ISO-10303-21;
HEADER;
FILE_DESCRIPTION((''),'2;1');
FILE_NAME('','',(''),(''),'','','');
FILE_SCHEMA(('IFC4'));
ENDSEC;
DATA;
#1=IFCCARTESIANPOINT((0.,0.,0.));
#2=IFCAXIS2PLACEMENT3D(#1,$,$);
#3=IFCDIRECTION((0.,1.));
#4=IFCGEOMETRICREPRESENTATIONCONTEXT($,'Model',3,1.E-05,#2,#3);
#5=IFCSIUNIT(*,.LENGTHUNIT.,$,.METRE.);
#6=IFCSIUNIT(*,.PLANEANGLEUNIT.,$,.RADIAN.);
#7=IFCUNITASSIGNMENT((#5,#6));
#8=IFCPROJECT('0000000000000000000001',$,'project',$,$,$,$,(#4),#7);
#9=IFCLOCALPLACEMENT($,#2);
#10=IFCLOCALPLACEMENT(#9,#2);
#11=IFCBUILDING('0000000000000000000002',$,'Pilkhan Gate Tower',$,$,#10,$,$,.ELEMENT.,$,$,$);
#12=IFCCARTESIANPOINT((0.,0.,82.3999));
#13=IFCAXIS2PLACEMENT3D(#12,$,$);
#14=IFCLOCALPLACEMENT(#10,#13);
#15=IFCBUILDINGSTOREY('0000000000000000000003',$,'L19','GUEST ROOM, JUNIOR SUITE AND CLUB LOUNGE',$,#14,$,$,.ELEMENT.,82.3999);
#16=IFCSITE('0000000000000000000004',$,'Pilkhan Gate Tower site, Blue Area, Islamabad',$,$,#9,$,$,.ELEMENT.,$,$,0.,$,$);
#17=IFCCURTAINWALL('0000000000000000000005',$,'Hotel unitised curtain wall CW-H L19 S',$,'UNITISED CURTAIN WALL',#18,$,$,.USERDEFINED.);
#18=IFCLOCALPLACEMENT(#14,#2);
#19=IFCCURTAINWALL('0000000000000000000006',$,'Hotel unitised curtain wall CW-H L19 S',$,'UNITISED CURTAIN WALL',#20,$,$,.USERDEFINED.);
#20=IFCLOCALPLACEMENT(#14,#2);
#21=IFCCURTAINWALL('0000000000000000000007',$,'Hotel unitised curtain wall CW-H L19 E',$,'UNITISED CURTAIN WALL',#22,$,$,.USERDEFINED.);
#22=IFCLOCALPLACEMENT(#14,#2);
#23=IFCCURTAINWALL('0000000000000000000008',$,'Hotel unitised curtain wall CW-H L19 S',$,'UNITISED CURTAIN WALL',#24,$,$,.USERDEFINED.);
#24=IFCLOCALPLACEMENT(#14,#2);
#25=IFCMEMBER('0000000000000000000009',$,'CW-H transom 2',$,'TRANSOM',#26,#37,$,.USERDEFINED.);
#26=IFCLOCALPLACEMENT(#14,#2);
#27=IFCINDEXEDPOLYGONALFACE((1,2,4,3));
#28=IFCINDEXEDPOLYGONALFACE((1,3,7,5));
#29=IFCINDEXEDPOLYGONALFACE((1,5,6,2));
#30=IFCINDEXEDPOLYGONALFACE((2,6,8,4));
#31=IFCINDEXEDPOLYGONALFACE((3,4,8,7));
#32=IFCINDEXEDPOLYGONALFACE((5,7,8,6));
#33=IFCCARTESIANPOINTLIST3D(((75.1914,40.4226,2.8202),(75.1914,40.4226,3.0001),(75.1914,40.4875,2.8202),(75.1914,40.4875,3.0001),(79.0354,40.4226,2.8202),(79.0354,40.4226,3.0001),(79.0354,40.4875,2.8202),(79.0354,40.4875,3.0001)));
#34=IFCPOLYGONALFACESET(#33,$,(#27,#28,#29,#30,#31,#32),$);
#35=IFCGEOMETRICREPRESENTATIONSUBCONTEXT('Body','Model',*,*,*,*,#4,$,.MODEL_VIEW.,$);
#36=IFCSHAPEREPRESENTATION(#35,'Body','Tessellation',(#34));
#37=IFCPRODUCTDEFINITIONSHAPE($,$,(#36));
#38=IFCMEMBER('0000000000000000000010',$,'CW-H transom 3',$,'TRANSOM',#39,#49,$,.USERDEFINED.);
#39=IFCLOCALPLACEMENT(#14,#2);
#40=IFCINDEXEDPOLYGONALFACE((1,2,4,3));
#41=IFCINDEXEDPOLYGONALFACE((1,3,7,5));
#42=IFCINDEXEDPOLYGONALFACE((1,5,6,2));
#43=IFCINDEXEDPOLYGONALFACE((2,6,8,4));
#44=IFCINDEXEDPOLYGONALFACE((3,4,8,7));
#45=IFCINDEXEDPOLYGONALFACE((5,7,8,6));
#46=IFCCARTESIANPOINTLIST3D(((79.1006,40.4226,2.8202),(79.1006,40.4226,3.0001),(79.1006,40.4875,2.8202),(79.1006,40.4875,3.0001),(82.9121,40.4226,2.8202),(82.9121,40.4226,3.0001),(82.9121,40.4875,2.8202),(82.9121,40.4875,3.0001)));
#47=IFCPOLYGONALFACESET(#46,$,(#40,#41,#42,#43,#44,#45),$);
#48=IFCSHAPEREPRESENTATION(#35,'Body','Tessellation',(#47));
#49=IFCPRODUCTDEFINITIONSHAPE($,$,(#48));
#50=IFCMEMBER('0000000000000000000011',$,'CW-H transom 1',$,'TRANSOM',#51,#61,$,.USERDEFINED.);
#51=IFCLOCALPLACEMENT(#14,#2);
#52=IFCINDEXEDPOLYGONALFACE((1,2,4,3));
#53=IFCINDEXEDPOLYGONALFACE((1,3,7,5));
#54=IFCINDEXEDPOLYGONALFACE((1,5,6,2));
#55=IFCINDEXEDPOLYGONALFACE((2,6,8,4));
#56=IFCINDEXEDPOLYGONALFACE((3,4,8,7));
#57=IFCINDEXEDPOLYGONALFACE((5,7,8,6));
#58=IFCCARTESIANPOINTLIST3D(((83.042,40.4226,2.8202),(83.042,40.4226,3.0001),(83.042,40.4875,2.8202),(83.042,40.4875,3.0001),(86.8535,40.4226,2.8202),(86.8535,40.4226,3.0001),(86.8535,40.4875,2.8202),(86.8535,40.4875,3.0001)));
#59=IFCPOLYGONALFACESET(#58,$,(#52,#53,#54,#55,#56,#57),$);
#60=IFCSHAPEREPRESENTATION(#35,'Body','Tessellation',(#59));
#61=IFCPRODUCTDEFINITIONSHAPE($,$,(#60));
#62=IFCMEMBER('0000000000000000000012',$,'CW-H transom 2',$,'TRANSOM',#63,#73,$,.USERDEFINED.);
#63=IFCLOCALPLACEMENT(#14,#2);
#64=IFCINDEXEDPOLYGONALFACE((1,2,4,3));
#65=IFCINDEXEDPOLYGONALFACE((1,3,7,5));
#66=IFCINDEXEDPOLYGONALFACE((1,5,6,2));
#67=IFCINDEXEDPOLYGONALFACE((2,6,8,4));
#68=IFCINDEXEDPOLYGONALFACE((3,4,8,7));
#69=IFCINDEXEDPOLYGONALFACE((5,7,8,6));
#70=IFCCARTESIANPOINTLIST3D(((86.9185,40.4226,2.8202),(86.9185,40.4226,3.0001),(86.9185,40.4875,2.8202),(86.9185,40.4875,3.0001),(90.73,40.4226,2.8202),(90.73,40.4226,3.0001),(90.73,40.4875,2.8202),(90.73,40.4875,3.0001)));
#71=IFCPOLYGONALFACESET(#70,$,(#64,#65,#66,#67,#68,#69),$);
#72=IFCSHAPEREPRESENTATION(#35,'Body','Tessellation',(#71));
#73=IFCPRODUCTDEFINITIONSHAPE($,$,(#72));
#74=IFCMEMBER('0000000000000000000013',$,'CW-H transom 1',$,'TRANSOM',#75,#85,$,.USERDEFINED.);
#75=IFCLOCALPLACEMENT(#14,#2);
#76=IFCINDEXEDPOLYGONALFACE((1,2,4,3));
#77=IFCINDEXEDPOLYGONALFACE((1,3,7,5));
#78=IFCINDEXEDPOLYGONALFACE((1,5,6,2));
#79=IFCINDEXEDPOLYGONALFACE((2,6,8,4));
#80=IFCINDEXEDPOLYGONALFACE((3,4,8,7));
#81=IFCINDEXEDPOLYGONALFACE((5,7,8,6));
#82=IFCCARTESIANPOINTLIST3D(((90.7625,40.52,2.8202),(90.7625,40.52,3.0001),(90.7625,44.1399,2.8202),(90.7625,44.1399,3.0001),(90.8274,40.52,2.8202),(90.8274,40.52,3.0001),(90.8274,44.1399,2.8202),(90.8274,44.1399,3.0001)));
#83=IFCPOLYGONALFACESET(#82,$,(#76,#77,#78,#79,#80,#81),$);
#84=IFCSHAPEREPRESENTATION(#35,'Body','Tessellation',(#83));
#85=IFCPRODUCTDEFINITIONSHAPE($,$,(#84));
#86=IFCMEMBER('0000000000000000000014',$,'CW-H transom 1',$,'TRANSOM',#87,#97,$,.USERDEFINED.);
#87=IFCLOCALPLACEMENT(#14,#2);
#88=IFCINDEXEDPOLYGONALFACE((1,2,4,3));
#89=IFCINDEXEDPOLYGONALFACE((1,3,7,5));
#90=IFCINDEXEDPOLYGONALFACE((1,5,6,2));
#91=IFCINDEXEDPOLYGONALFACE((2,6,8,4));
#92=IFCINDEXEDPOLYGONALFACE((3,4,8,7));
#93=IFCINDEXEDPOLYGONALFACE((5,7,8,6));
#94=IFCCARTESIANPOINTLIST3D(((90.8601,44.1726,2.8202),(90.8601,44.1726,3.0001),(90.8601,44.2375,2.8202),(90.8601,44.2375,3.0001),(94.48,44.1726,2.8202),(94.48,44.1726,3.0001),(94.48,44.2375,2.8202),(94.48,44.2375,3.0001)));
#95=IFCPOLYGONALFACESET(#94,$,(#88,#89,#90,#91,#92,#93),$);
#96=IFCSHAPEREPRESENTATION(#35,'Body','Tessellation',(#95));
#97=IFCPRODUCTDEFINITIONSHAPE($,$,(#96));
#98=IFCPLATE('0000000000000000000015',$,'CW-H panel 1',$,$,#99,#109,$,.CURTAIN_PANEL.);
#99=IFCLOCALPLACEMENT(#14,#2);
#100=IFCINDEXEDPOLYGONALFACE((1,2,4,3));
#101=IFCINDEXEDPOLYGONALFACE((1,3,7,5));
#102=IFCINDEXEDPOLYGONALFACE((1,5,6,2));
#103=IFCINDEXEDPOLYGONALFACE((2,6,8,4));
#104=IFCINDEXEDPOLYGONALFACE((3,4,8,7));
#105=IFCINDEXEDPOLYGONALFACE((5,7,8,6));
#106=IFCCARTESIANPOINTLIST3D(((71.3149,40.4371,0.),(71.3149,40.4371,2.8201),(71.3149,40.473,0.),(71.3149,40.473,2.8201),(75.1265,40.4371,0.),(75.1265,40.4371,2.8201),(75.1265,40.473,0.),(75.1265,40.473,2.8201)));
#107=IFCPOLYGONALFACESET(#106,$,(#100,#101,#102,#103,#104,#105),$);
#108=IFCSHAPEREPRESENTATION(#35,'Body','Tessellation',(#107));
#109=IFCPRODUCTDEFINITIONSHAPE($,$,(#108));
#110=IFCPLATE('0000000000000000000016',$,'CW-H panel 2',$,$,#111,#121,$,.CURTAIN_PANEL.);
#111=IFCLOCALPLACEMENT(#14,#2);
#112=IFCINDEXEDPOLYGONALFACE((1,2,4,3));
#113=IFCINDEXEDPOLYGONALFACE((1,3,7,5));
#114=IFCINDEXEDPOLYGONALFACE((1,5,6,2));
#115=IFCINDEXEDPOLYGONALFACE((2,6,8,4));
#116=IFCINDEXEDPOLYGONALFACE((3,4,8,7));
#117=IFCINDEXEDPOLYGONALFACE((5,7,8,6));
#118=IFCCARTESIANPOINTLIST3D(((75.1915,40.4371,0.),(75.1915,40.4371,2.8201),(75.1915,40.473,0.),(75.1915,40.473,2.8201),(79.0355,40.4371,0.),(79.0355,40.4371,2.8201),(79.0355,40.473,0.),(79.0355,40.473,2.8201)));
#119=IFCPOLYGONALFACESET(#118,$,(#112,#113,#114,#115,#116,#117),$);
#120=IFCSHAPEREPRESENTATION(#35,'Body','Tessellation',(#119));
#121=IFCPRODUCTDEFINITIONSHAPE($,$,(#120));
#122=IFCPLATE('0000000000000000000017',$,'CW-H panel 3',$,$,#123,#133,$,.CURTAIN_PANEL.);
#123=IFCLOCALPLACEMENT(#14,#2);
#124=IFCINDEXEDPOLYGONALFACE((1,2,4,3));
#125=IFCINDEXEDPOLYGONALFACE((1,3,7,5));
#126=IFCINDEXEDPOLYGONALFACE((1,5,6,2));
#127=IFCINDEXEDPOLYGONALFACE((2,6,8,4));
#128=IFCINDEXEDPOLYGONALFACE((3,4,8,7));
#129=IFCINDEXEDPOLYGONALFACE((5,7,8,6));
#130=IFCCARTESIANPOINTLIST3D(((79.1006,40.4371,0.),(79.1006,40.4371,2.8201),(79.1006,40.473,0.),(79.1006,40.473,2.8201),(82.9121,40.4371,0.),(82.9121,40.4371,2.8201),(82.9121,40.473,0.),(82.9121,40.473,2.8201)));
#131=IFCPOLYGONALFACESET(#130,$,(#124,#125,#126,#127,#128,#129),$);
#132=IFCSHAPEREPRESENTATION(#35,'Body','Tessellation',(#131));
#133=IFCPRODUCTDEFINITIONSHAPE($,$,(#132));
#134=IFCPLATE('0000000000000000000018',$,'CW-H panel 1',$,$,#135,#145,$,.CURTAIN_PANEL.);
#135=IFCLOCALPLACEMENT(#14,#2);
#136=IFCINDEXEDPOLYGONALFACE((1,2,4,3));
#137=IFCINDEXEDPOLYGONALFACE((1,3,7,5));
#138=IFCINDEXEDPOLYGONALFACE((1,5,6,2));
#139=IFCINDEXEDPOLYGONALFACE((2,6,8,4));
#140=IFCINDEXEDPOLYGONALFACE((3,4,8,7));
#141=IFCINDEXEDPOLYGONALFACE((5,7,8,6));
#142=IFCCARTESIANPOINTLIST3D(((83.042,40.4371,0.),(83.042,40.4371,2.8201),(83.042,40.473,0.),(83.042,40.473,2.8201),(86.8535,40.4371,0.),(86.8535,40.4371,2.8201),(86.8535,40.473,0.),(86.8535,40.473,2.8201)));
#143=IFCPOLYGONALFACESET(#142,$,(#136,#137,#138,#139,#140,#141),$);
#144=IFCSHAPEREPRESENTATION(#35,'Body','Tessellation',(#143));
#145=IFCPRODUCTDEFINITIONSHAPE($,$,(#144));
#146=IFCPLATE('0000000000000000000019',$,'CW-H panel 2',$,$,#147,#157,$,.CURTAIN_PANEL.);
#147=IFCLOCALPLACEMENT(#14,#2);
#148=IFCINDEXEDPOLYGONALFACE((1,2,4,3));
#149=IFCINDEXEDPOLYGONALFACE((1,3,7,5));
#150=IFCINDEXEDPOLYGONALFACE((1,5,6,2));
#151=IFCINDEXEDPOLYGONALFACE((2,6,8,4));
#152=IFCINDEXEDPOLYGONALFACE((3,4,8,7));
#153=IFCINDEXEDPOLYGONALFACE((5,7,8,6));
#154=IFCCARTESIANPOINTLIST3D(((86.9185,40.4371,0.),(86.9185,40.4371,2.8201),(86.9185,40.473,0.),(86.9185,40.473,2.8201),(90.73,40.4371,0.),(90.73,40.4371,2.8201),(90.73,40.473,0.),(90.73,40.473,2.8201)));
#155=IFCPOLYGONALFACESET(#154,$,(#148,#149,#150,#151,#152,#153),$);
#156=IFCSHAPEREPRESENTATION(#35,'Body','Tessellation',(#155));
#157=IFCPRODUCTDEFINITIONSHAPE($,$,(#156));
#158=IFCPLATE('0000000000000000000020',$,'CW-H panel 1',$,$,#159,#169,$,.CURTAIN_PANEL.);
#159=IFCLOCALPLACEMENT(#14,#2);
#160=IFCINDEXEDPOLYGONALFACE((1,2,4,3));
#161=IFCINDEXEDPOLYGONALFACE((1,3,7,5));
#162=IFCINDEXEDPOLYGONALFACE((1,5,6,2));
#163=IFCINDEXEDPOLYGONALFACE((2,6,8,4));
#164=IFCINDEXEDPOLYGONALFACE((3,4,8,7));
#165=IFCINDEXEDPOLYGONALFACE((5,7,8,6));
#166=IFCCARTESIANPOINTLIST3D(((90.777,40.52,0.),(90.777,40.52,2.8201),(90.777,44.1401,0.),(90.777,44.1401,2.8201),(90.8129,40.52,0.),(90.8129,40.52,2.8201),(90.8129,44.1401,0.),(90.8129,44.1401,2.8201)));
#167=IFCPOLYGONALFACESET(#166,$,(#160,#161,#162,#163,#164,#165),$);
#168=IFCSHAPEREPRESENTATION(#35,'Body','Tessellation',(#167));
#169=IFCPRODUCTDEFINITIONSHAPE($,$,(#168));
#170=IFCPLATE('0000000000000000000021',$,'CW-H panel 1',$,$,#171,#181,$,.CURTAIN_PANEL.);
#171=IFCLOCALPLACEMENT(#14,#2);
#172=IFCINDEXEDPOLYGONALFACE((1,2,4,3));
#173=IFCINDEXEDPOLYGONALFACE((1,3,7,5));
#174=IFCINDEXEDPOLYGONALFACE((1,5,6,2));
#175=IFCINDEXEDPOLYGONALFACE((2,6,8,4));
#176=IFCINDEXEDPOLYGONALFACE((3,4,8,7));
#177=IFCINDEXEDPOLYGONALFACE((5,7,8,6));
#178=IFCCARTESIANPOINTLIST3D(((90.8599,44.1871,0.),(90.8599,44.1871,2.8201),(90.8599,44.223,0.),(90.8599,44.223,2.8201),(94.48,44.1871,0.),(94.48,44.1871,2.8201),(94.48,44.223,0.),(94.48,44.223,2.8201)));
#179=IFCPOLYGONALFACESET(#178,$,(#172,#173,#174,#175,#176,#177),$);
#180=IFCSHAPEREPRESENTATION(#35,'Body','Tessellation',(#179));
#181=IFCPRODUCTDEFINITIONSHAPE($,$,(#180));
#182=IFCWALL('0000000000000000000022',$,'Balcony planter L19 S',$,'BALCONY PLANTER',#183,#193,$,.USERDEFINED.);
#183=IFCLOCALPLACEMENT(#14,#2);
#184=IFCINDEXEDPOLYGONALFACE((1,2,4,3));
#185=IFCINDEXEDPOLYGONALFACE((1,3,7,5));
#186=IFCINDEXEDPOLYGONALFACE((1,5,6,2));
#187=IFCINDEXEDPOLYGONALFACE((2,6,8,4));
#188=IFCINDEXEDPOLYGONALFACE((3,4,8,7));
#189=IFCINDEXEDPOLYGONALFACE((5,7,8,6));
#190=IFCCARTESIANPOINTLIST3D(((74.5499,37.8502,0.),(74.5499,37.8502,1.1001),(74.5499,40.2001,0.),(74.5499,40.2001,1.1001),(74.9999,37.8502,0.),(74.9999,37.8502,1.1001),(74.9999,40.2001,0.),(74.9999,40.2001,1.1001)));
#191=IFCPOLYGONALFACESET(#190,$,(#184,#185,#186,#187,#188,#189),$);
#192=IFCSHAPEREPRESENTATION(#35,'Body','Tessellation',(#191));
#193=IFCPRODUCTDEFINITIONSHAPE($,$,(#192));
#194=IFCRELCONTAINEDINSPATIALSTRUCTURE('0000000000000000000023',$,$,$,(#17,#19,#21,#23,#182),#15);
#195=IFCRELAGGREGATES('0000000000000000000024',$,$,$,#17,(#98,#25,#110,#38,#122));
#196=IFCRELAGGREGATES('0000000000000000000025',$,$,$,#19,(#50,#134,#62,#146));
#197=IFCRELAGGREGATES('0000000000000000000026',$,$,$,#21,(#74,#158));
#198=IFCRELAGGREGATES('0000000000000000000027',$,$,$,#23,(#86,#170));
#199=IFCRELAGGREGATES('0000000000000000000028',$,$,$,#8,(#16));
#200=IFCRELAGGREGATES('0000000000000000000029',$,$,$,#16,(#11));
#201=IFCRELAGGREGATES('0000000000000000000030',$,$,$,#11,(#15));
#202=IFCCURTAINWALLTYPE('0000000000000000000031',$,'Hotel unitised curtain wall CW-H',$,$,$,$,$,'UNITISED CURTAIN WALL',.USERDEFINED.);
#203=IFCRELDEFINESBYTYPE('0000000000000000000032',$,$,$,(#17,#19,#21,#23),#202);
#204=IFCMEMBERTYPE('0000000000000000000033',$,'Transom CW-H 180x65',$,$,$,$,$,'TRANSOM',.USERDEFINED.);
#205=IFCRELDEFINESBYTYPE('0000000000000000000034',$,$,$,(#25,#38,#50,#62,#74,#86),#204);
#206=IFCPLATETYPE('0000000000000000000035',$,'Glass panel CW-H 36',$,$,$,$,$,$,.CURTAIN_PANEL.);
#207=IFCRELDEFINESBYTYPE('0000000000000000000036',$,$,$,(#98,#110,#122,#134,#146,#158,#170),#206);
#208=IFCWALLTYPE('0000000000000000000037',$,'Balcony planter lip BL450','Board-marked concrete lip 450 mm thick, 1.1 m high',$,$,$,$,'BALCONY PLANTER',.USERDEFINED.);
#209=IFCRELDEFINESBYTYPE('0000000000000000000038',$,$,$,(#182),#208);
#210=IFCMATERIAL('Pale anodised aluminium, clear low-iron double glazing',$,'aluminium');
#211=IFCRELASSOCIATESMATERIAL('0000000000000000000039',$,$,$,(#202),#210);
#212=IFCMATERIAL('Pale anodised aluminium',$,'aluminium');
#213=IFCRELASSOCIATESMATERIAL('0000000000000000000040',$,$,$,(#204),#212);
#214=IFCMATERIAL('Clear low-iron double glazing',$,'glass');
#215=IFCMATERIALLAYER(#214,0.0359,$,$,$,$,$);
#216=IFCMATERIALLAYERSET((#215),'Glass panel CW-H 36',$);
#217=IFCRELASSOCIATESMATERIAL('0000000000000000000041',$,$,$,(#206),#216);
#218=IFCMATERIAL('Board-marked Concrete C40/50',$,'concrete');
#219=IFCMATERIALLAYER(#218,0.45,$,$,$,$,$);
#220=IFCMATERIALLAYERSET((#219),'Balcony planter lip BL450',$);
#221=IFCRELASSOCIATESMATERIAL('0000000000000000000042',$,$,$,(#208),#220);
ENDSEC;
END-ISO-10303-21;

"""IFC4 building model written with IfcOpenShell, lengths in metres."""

from ifc_helpers import new_model, si_unit, direction, frame, frame_2d, origin, origin_2d, place, context, subcontext, project, spatial, rectangle, extrude, material, layer, layer_set, material_profile, profile_set, type_object, element, aggregate, save


model = new_model("IFC4")

# Units and contexts
model_context = context("Model", 3, precision=1e-05, world=origin(), true_north=direction((0.0, 1.0)))
body_context = subcontext(model_context, "Body", "Model", "MODEL_VIEW")
ifc_project = project(units=[si_unit("LENGTHUNIT", "METRE"), si_unit("PLANEANGLEUNIT", "RADIAN")], contexts=[model_context])

# Site, building, storey
site_placement = place(None, origin())
site = spatial("IfcSite", under=ifc_project, at=site_placement, Name="Pilkhan Gate Tower site, Blue Area, Islamabad", CompositionType="ELEMENT", RefElevation=0.0)
building_placement = place(site_placement, origin())
building = spatial("IfcBuilding", under=site, at=building_placement, Name="Pilkhan Gate Tower", CompositionType="ELEMENT")
storey_placement = place(building_placement, frame((0.0, 0.0, 82.3999)))
storey = spatial("IfcBuildingStorey", under=building, at=storey_placement, Name="L19", Description="GUEST ROOM, JUNIOR SUITE AND CLUB LOUNGE", CompositionType="ELEMENT", Elevation=82.3999)

# Curtain walls
ifc_material_1 = material(Name="Pale anodised aluminium, clear low-iron double glazing", Category="aluminium")
curtain_wall_type = type_object("IfcCurtainWallType", Name="Hotel unitised curtain wall CW-H", ElementType="UNITISED CURTAIN WALL", PredefinedType="USERDEFINED", material=ifc_material_1)
curtain_wall_1_placement = place(storey_placement, origin())
curtain_wall_1 = element("IfcCurtainWall", 1, at=curtain_wall_1_placement, inside=storey, type_object=curtain_wall_type, Name="Hotel unitised curtain wall CW-H L19 S", ObjectType="UNITISED CURTAIN WALL", PredefinedType="USERDEFINED")
ifc_material_2 = material(Name="Pale anodised aluminium", Category="aluminium")
curtain_wall_2_placement = place(storey_placement, origin())
curtain_wall_2 = element("IfcCurtainWall", 2, at=curtain_wall_2_placement, inside=storey, type_object=curtain_wall_type, Name="Hotel unitised curtain wall CW-H L19 S", ObjectType="UNITISED CURTAIN WALL", PredefinedType="USERDEFINED")
curtain_wall_3_placement = place(storey_placement, origin())
curtain_wall_3 = element("IfcCurtainWall", 3, at=curtain_wall_3_placement, inside=storey, type_object=curtain_wall_type, Name="Hotel unitised curtain wall CW-H L19 E", ObjectType="UNITISED CURTAIN WALL", PredefinedType="USERDEFINED")

# Curtain wall
curtain_wall_4_placement = place(storey_placement, origin())
curtain_wall_4 = element("IfcCurtainWall", 4, at=curtain_wall_4_placement, inside=storey, type_object=curtain_wall_type, Name="Hotel unitised curtain wall CW-H L19 S", ObjectType="UNITISED CURTAIN WALL", PredefinedType="USERDEFINED")

# Members
ifc_material_profile_1 = material_profile(ifc_material_2, rectangle(XDim=0.0649, YDim=0.1799, at=origin_2d()), Name="Transom 180x65")
ifc_profile_set_1 = profile_set([ifc_material_profile_1], Name="Pale anodised aluminium")
member_type_1 = type_object("IfcMemberType", Name="Transom CW-H 180x65", ElementType="TRANSOM", PredefinedType="USERDEFINED", material=ifc_profile_set_1)
member_1_placement = place(storey_placement, frame((75.1914, 40.4551, 2.9102), z_axis=(1.0, 0.0, 0.0), x_axis=(0.0, 1.0, 0.0)))
member_1 = element("IfcMember", 5, at=member_1_placement, type_object=member_type_1, Name="CW-H transom 2", ObjectType="TRANSOM", PredefinedType="USERDEFINED", context=body_context, shape_type="SweptSolid", body=[
    extrude(rectangle(XDim=0.0649, YDim=0.1799, at=origin_2d()), origin(), (0.0, 0.0, 1.0), 3.844),
])
member_2_placement = place(storey_placement, frame((79.1006, 40.4551, 2.9102), z_axis=(1.0, 0.0, 0.0), x_axis=(0.0, 1.0, 0.0)))
member_2 = element("IfcMember", 6, at=member_2_placement, type_object=member_type_1, Name="CW-H transom 3", ObjectType="TRANSOM", PredefinedType="USERDEFINED", context=body_context, shape_type="SweptSolid", body=[
    extrude(rectangle(XDim=0.0649, YDim=0.1799, at=origin_2d()), origin(), (0.0, 0.0, 1.0), 3.8115),
])
member_3_placement = place(storey_placement, frame((83.042, 40.4551, 2.9102), z_axis=(1.0, 0.0, 0.0), x_axis=(0.0, 1.0, 0.0)))
member_3 = element("IfcMember", 7, at=member_3_placement, type_object=member_type_1, Name="CW-H transom 1", ObjectType="TRANSOM", PredefinedType="USERDEFINED", context=body_context, shape_type="SweptSolid", body=[
    extrude(rectangle(XDim=0.0649, YDim=0.1799, at=origin_2d()), origin(), (0.0, 0.0, 1.0), 3.8115),
])
member_4_placement = place(storey_placement, frame((86.9185, 40.4551, 2.9102), z_axis=(1.0, 0.0, 0.0), x_axis=(0.0, 1.0, 0.0)))
member_4 = element("IfcMember", 8, at=member_4_placement, type_object=member_type_1, Name="CW-H transom 2", ObjectType="TRANSOM", PredefinedType="USERDEFINED", context=body_context, shape_type="SweptSolid", body=[
    extrude(rectangle(XDim=0.0649, YDim=0.1799, at=origin_2d()), origin(), (0.0, 0.0, 1.0), 3.8115),
])
member_5_placement = place(storey_placement, frame((90.7949, 40.52, 2.9102), z_axis=(0.0, 1.0, 0.0), x_axis=(-1.0, 0.0, 0.0)))
member_5 = element("IfcMember", 9, at=member_5_placement, type_object=member_type_1, Name="CW-H transom 1", ObjectType="TRANSOM", PredefinedType="USERDEFINED", context=body_context, shape_type="SweptSolid", body=[
    extrude(rectangle(XDim=0.0649, YDim=0.1799, at=origin_2d()), origin(), (0.0, 0.0, 1.0), 3.6199),
])
member_6_placement = place(storey_placement, frame((90.8601, 44.2051, 2.9102), z_axis=(1.0, 0.0, 0.0), x_axis=(0.0, 1.0, 0.0)))
member_6 = element("IfcMember", 10, at=member_6_placement, type_object=member_type_1, Name="CW-H transom 1", ObjectType="TRANSOM", PredefinedType="USERDEFINED", context=body_context, shape_type="SweptSolid", body=[
    extrude(rectangle(XDim=0.0649, YDim=0.1799, at=origin_2d()), origin(), (0.0, 0.0, 1.0), 3.6199),
])

# Plates
ifc_material_3 = material(Name="Clear low-iron double glazing", Category="glass")
ifc_layer_1 = layer(ifc_material_3, 0.0359)
ifc_layer_set_1 = layer_set([ifc_layer_1], Name="Glass panel CW-H 36")
plate_type = type_object("IfcPlateType", Name="Glass panel CW-H 36", PredefinedType="CURTAIN_PANEL", material=ifc_layer_set_1)
plate_1_placement = place(storey_placement, frame((73.2207, 40.4551, 0.0), z_axis=(0.0, 0.0, 1.0), x_axis=(1.0, 0.0, 0.0)))
plate_1 = element("IfcPlate", 11, at=plate_1_placement, type_object=plate_type, Name="CW-H panel 1", PredefinedType="CURTAIN_PANEL", context=body_context, shape_type="SweptSolid", body=[
    extrude(rectangle(XDim=3.8115, YDim=0.0359, at=origin_2d()), origin(), (0.0, 0.0, 1.0), 2.8201),
])
plate_2_placement = place(storey_placement, frame((77.1135, 40.4551, 0.0), z_axis=(0.0, 0.0, 1.0), x_axis=(1.0, 0.0, 0.0)))
plate_2 = element("IfcPlate", 12, at=plate_2_placement, type_object=plate_type, Name="CW-H panel 2", PredefinedType="CURTAIN_PANEL", context=body_context, shape_type="SweptSolid", body=[
    extrude(rectangle(XDim=3.844, YDim=0.0359, at=origin_2d()), origin(), (0.0, 0.0, 1.0), 2.8201),
])
plate_3_placement = place(storey_placement, frame((81.0063, 40.4551, 0.0), z_axis=(0.0, 0.0, 1.0), x_axis=(1.0, 0.0, 0.0)))
plate_3 = element("IfcPlate", 13, at=plate_3_placement, type_object=plate_type, Name="CW-H panel 3", PredefinedType="CURTAIN_PANEL", context=body_context, shape_type="SweptSolid", body=[
    extrude(rectangle(XDim=3.8115, YDim=0.0359, at=origin_2d()), origin(), (0.0, 0.0, 1.0), 2.8201),
])
aggregate(curtain_wall_1, [plate_1, member_1, plate_2, member_2, plate_3])
plate_4_placement = place(storey_placement, frame((84.9478, 40.4551, 0.0), z_axis=(0.0, 0.0, 1.0), x_axis=(1.0, 0.0, 0.0)))
plate_4 = element("IfcPlate", 14, at=plate_4_placement, type_object=plate_type, Name="CW-H panel 1", PredefinedType="CURTAIN_PANEL", context=body_context, shape_type="SweptSolid", body=[
    extrude(rectangle(XDim=3.8115, YDim=0.0359, at=origin_2d()), origin(), (0.0, 0.0, 1.0), 2.8201),
])
plate_5_placement = place(storey_placement, frame((88.8242, 40.4551, 0.0), z_axis=(0.0, 0.0, 1.0), x_axis=(1.0, 0.0, 0.0)))
plate_5 = element("IfcPlate", 15, at=plate_5_placement, type_object=plate_type, Name="CW-H panel 2", PredefinedType="CURTAIN_PANEL", context=body_context, shape_type="SweptSolid", body=[
    extrude(rectangle(XDim=3.8115, YDim=0.0359, at=origin_2d()), origin(), (0.0, 0.0, 1.0), 2.8201),
])
aggregate(curtain_wall_2, [member_3, plate_4, member_4, plate_5])
plate_6_placement = place(storey_placement, frame((90.7949, 42.3301, 0.0), z_axis=(0.0, 0.0, 1.0), x_axis=(0.0, 1.0, 0.0)))
plate_6 = element("IfcPlate", 16, at=plate_6_placement, type_object=plate_type, Name="CW-H panel 1", PredefinedType="CURTAIN_PANEL", context=body_context, shape_type="SweptSolid", body=[
    extrude(rectangle(XDim=3.6201, YDim=0.0359, at=origin_2d()), origin(), (0.0, 0.0, 1.0), 2.8201),
])
aggregate(curtain_wall_3, [member_5, plate_6])
plate_7_placement = place(storey_placement, frame((92.6699, 44.2051, 0.0), z_axis=(0.0, 0.0, 1.0), x_axis=(1.0, 0.0, 0.0)))
plate_7 = element("IfcPlate", 17, at=plate_7_placement, type_object=plate_type, Name="CW-H panel 1", PredefinedType="CURTAIN_PANEL", context=body_context, shape_type="SweptSolid", body=[
    extrude(rectangle(XDim=3.6201, YDim=0.0359, at=origin_2d()), origin(), (0.0, 0.0, 1.0), 2.8201),
])
aggregate(curtain_wall_4, [member_6, plate_7])

# Wall
ifc_material_4 = material(Name="Board-marked Concrete C40/50", Category="concrete")
ifc_layer_2 = layer(ifc_material_4, 0.45)
ifc_layer_set_2 = layer_set([ifc_layer_2], Name="Balcony planter lip BL450")
wall_type_1 = type_object("IfcWallType", Name="Balcony planter lip BL450", Description="Board-marked concrete lip 450 mm thick, 1.1 m high", ElementType="BALCONY PLANTER", PredefinedType="USERDEFINED", material=ifc_layer_set_2)
wall_1_placement = place(storey_placement, frame((74.7749, 40.2, 0.0), z_axis=(0.0, 0.0, 1.0), x_axis=(0.0, -1.0, 0.0)))
element("IfcWall", 18, at=wall_1_placement, inside=storey, type_object=wall_type_1, Name="Balcony planter L19 S", ObjectType="BALCONY PLANTER", PredefinedType="USERDEFINED", context=body_context, shape_type="SweptSolid", body=[
    extrude(rectangle(XDim=2.3499, YDim=0.45, at=frame_2d((1.1748, 0.0))), origin(), (0.0, 0.0, 1.0), 1.1001),
])

save(model, "model.ifc")
